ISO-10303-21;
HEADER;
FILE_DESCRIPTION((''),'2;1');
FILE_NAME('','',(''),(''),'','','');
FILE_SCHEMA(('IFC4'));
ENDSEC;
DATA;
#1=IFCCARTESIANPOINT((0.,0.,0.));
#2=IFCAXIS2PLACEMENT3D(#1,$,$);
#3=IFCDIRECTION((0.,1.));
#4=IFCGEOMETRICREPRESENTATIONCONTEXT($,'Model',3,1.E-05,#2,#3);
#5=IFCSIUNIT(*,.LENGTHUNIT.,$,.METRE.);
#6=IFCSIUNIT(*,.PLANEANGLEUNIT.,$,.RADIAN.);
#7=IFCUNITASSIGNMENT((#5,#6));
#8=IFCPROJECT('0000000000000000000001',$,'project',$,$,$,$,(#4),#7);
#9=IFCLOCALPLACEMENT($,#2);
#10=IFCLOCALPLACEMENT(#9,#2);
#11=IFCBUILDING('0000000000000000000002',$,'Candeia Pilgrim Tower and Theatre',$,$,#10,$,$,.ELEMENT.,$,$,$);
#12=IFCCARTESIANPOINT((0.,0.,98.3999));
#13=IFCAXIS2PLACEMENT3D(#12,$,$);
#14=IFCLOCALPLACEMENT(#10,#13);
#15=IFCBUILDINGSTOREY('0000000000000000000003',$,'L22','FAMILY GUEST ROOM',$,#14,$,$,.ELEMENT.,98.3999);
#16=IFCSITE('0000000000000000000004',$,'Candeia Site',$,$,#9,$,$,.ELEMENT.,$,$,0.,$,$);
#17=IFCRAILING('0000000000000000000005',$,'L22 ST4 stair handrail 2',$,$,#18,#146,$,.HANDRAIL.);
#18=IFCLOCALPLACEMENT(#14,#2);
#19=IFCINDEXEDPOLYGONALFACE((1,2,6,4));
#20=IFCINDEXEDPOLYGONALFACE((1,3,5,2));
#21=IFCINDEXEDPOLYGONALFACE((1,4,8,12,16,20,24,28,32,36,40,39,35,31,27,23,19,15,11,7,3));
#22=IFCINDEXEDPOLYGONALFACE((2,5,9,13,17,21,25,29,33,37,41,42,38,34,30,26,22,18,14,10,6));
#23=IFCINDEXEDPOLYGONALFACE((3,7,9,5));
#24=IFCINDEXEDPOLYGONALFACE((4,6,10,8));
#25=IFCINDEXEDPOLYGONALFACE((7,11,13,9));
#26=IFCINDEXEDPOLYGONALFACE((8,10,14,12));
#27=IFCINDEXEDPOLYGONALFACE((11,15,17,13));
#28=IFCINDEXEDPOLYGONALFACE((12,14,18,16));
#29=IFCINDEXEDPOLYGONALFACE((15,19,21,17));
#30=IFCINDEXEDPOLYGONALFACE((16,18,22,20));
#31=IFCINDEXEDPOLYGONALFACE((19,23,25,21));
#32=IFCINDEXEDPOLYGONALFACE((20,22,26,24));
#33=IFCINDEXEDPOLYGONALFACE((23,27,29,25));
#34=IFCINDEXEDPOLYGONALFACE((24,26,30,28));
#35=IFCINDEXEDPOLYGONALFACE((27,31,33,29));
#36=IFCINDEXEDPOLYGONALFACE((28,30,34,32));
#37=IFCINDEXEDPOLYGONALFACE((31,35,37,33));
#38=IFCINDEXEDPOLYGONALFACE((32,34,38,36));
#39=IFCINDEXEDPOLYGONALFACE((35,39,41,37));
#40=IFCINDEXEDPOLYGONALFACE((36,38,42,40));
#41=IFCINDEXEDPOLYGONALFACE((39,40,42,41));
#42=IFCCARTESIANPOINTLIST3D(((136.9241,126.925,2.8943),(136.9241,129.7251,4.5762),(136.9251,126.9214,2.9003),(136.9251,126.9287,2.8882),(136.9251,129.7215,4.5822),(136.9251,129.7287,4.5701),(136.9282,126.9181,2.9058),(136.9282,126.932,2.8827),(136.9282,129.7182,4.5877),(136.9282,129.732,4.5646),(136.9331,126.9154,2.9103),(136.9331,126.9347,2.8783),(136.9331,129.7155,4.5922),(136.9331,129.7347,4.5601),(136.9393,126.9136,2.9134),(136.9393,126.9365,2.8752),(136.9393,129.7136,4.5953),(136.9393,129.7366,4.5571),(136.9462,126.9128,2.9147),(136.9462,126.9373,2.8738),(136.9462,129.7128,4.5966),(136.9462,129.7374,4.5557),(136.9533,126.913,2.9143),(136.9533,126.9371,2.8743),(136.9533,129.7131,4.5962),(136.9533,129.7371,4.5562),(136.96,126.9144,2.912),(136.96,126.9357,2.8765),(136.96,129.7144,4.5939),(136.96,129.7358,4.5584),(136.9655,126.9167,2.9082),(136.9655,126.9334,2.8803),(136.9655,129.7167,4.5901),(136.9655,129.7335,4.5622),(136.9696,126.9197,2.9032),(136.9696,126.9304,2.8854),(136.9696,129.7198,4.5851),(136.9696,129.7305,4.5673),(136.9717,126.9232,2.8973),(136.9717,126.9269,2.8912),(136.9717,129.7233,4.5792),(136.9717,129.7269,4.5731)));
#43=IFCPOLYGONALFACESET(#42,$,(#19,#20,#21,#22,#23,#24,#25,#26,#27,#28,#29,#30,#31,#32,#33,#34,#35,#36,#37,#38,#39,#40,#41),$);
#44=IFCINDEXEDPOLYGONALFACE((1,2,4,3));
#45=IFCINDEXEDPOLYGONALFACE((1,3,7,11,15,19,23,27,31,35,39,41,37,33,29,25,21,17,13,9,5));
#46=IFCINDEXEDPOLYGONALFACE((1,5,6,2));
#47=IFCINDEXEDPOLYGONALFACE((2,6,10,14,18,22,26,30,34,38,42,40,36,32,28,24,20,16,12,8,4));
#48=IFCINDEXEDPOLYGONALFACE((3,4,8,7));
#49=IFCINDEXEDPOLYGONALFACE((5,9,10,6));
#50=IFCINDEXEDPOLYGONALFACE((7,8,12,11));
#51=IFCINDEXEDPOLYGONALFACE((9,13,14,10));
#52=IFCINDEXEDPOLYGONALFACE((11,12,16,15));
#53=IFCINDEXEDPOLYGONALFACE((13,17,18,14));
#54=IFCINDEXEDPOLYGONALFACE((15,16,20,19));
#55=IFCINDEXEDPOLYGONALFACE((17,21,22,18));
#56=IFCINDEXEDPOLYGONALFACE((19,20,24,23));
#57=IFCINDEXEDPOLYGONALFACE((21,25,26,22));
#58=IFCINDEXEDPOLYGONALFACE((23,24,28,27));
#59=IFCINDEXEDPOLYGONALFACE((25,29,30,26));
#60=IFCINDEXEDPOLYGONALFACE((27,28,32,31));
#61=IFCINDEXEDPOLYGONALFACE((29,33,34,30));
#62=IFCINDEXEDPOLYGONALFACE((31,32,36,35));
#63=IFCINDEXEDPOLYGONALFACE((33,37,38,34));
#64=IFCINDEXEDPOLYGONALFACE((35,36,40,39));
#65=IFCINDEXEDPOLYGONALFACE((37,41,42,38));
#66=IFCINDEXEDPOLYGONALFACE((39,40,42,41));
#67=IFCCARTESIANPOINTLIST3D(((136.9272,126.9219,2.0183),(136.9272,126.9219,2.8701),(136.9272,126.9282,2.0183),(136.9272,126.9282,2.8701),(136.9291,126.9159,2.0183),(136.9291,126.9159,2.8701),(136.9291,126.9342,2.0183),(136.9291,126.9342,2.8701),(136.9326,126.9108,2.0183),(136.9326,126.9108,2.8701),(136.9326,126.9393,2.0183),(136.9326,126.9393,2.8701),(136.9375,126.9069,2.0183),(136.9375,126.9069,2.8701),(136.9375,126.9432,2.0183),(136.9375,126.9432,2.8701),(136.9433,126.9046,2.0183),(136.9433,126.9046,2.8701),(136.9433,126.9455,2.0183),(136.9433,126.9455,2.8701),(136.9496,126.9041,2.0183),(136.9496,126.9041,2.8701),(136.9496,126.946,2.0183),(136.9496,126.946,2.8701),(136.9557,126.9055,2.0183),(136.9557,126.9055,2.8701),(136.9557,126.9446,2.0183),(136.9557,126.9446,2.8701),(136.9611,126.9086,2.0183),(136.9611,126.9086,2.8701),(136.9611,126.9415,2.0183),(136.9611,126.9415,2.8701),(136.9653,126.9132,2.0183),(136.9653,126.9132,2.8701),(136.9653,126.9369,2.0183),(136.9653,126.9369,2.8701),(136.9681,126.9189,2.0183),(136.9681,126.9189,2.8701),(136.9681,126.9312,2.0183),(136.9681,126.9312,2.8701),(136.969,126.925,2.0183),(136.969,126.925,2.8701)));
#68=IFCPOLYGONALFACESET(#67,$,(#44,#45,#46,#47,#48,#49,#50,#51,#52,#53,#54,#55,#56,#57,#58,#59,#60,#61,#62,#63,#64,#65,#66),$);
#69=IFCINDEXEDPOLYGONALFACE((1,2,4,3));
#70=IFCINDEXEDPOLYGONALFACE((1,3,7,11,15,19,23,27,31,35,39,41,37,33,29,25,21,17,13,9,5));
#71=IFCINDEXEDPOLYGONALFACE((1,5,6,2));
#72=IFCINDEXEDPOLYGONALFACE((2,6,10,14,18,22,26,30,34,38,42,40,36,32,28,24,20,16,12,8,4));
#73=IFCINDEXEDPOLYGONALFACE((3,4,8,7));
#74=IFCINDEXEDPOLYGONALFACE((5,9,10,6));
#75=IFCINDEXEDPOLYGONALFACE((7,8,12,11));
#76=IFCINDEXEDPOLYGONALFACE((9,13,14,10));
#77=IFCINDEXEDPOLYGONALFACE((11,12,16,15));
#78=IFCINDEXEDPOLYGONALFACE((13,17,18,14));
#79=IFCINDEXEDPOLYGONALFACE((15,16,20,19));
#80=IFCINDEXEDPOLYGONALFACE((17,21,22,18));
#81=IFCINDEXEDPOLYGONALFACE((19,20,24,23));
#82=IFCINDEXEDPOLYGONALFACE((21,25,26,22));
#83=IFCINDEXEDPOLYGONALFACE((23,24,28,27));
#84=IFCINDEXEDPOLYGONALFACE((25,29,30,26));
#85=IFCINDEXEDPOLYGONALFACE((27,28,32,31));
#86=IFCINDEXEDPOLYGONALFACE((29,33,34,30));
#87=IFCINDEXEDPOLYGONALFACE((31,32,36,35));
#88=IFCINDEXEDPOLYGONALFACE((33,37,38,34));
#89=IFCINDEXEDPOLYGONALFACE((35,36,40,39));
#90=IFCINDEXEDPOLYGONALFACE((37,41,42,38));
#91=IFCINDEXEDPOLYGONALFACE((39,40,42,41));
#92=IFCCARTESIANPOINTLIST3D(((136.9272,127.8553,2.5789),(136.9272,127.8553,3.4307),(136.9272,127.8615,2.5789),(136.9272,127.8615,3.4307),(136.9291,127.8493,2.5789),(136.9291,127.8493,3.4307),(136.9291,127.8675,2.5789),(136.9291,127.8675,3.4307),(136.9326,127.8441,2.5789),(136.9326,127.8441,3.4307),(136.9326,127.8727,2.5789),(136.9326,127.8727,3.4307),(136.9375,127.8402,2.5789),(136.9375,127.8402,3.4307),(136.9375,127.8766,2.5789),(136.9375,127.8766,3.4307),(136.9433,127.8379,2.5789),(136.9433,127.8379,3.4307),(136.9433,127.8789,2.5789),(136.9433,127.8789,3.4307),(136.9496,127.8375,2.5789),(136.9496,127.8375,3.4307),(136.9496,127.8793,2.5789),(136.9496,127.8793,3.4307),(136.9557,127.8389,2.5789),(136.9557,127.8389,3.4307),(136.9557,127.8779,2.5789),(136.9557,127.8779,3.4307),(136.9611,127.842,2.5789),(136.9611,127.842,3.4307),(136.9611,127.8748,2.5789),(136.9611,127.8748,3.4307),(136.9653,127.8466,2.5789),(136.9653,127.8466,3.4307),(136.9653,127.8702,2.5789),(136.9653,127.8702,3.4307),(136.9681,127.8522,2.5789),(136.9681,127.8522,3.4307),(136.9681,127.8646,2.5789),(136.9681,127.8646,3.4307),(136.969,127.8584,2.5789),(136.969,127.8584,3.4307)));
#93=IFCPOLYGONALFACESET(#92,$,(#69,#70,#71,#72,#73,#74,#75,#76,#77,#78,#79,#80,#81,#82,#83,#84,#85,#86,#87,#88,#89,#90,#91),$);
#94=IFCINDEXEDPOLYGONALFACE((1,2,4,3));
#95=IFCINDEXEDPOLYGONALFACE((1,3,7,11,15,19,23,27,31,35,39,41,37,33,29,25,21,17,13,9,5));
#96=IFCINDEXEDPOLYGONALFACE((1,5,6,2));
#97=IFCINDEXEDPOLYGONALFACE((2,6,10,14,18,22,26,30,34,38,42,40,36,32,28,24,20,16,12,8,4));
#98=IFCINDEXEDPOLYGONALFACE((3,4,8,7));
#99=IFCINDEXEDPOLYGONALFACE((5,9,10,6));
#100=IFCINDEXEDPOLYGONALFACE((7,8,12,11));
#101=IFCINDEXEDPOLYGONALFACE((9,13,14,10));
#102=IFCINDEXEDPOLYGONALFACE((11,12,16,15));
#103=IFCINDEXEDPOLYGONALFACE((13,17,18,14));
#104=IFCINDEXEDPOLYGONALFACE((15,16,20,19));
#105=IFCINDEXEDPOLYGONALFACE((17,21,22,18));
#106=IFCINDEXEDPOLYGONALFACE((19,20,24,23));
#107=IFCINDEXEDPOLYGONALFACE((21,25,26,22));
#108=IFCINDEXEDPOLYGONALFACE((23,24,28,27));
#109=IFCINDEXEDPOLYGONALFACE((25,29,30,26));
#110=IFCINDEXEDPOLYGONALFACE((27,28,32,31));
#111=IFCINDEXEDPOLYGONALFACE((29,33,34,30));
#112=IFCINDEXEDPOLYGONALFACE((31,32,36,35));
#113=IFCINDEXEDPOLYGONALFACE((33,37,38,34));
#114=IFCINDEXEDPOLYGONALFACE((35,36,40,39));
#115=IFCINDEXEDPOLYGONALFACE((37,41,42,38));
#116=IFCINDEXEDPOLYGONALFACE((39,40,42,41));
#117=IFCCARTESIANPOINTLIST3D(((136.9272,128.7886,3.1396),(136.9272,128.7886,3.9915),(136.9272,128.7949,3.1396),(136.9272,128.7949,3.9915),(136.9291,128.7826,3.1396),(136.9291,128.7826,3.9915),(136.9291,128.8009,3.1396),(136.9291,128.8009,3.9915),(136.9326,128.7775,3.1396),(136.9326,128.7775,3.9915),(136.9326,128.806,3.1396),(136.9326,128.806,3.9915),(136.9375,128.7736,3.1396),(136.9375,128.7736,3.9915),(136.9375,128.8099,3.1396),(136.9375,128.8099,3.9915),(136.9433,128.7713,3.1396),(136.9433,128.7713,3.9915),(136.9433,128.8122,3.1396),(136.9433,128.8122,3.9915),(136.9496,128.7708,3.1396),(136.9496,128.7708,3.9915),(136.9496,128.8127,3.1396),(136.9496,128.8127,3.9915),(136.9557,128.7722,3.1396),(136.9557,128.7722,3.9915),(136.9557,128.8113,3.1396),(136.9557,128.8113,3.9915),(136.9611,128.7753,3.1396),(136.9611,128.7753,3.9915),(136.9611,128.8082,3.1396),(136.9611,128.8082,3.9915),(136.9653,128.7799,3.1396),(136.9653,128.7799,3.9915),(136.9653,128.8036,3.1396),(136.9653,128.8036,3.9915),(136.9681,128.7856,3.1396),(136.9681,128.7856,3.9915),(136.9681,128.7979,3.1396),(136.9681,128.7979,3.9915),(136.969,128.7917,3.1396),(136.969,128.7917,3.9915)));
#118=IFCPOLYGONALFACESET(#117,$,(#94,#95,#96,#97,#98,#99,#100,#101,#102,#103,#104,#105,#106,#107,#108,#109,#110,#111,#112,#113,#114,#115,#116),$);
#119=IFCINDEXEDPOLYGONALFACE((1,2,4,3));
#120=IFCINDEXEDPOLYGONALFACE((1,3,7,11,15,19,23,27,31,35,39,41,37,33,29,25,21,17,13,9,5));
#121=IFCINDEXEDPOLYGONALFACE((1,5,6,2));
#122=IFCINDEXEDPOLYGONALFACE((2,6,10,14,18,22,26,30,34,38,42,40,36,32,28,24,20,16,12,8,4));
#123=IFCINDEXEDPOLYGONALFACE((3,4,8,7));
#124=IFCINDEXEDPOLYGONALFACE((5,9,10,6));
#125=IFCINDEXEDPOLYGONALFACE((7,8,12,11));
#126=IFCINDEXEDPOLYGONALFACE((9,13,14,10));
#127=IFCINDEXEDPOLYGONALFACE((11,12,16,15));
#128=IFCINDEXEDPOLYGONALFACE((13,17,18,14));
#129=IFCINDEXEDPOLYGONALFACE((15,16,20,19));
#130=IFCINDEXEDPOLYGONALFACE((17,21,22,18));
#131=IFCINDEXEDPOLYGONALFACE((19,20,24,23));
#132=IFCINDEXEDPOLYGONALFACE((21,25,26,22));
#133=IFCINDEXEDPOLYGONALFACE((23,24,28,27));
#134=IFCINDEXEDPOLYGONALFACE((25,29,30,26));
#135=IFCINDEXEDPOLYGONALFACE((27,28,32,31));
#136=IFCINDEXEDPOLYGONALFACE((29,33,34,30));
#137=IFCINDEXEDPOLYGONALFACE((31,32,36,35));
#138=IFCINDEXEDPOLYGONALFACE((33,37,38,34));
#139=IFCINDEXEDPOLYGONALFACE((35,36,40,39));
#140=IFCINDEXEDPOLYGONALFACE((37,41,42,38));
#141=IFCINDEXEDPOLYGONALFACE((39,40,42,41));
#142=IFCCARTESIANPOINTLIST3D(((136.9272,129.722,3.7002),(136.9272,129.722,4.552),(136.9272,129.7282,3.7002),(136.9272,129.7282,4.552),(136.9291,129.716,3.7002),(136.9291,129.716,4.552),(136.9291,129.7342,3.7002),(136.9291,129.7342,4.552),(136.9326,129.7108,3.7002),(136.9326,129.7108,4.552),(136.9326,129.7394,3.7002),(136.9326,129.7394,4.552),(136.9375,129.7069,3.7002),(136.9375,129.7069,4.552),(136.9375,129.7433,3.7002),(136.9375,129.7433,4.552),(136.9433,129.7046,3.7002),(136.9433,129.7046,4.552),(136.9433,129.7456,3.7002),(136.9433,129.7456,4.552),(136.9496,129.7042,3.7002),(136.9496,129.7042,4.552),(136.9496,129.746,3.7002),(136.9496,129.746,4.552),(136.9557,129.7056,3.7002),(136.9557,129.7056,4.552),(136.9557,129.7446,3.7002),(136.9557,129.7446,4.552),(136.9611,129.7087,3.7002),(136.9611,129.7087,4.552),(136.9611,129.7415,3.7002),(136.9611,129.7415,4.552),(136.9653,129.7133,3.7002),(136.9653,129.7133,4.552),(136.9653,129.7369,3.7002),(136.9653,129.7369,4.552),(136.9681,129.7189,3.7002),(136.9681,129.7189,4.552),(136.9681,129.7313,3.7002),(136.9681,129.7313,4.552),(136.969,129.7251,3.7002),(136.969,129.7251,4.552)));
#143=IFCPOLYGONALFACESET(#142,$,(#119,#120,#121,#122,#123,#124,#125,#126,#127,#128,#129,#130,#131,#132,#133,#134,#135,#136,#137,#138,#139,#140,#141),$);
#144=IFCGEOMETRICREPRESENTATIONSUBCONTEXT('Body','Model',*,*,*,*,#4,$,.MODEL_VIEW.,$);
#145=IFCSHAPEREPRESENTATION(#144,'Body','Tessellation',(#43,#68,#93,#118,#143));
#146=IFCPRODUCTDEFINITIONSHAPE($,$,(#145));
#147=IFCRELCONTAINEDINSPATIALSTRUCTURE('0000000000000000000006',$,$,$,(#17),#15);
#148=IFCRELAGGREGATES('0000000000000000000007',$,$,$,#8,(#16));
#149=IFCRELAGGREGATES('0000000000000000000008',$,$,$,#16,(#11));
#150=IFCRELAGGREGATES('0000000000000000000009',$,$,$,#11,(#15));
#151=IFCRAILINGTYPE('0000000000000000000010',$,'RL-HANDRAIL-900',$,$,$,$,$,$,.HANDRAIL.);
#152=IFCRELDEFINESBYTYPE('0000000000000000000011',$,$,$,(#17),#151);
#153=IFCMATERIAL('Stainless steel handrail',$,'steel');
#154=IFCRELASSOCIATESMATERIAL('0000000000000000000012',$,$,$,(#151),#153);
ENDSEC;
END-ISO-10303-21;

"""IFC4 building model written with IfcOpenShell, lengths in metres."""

from ifc_helpers import new_model, si_unit, direction, frame, origin, origin_2d, place, context, subcontext, project, spatial, circle, extrude, material, type_object, element, save


model = new_model("IFC4")

# Units and contexts
model_context = context("Model", 3, precision=1e-05, world=origin(), true_north=direction((0.0, 1.0)))
body_context = subcontext(model_context, "Body", "Model", "MODEL_VIEW")
ifc_project = project(units=[si_unit("LENGTHUNIT", "METRE"), si_unit("PLANEANGLEUNIT", "RADIAN")], contexts=[model_context])

# Site, building, storey
site_placement = place(None, origin())
site = spatial("IfcSite", under=ifc_project, at=site_placement, Name="Candeia Site", CompositionType="ELEMENT", RefElevation=0.0)
building_placement = place(site_placement, origin())
building = spatial("IfcBuilding", under=site, at=building_placement, Name="Candeia Pilgrim Tower and Theatre", CompositionType="ELEMENT")
storey_placement = place(building_placement, frame((0.0, 0.0, 98.3999)))
storey = spatial("IfcBuildingStorey", under=building, at=storey_placement, Name="L22", Description="FAMILY GUEST ROOM", CompositionType="ELEMENT", Elevation=98.3999)

# Railing
ifc_material_1 = material(Name="Stainless steel handrail", Category="steel")
railing_type_1 = type_object("IfcRailingType", Name="RL-HANDRAIL-900", PredefinedType="HANDRAIL", material=ifc_material_1)
railing_1_placement = place(storey_placement, frame((136.948, 126.925, 2.0183)))
element("IfcRailing", 1, at=railing_1_placement, inside=storey, type_object=railing_type_1, Name="L22 ST4 stair handrail 2", PredefinedType="HANDRAIL", context=body_context, shape_type="SweptSolid", body=[
    extrude(circle(Radius=0.0239, at=origin_2d()), frame((0.0, 0.0, 0.876), z_axis=(0.0, 0.857242, 0.514913), x_axis=(-1.0, 0.0, 0.0)), (0.0, 0.0, 1.0), 3.2664),
    extrude(circle(Radius=0.021, at=origin_2d()), origin(), (0.0, 0.0, 1.0), 0.8518),
    extrude(circle(Radius=0.021, at=origin_2d()), frame((0.0, 0.9333, 0.5605)), (0.0, 0.0, 1.0), 0.8518),
    extrude(circle(Radius=0.021, at=origin_2d()), frame((0.0, 1.8667, 1.1213)), (0.0, 0.0, 1.0), 0.8518),
    extrude(circle(Radius=0.021, at=origin_2d()), frame((0.0, 2.8, 1.6819)), (0.0, 0.0, 1.0), 0.8518),
])

save(model, "model.ifc")
